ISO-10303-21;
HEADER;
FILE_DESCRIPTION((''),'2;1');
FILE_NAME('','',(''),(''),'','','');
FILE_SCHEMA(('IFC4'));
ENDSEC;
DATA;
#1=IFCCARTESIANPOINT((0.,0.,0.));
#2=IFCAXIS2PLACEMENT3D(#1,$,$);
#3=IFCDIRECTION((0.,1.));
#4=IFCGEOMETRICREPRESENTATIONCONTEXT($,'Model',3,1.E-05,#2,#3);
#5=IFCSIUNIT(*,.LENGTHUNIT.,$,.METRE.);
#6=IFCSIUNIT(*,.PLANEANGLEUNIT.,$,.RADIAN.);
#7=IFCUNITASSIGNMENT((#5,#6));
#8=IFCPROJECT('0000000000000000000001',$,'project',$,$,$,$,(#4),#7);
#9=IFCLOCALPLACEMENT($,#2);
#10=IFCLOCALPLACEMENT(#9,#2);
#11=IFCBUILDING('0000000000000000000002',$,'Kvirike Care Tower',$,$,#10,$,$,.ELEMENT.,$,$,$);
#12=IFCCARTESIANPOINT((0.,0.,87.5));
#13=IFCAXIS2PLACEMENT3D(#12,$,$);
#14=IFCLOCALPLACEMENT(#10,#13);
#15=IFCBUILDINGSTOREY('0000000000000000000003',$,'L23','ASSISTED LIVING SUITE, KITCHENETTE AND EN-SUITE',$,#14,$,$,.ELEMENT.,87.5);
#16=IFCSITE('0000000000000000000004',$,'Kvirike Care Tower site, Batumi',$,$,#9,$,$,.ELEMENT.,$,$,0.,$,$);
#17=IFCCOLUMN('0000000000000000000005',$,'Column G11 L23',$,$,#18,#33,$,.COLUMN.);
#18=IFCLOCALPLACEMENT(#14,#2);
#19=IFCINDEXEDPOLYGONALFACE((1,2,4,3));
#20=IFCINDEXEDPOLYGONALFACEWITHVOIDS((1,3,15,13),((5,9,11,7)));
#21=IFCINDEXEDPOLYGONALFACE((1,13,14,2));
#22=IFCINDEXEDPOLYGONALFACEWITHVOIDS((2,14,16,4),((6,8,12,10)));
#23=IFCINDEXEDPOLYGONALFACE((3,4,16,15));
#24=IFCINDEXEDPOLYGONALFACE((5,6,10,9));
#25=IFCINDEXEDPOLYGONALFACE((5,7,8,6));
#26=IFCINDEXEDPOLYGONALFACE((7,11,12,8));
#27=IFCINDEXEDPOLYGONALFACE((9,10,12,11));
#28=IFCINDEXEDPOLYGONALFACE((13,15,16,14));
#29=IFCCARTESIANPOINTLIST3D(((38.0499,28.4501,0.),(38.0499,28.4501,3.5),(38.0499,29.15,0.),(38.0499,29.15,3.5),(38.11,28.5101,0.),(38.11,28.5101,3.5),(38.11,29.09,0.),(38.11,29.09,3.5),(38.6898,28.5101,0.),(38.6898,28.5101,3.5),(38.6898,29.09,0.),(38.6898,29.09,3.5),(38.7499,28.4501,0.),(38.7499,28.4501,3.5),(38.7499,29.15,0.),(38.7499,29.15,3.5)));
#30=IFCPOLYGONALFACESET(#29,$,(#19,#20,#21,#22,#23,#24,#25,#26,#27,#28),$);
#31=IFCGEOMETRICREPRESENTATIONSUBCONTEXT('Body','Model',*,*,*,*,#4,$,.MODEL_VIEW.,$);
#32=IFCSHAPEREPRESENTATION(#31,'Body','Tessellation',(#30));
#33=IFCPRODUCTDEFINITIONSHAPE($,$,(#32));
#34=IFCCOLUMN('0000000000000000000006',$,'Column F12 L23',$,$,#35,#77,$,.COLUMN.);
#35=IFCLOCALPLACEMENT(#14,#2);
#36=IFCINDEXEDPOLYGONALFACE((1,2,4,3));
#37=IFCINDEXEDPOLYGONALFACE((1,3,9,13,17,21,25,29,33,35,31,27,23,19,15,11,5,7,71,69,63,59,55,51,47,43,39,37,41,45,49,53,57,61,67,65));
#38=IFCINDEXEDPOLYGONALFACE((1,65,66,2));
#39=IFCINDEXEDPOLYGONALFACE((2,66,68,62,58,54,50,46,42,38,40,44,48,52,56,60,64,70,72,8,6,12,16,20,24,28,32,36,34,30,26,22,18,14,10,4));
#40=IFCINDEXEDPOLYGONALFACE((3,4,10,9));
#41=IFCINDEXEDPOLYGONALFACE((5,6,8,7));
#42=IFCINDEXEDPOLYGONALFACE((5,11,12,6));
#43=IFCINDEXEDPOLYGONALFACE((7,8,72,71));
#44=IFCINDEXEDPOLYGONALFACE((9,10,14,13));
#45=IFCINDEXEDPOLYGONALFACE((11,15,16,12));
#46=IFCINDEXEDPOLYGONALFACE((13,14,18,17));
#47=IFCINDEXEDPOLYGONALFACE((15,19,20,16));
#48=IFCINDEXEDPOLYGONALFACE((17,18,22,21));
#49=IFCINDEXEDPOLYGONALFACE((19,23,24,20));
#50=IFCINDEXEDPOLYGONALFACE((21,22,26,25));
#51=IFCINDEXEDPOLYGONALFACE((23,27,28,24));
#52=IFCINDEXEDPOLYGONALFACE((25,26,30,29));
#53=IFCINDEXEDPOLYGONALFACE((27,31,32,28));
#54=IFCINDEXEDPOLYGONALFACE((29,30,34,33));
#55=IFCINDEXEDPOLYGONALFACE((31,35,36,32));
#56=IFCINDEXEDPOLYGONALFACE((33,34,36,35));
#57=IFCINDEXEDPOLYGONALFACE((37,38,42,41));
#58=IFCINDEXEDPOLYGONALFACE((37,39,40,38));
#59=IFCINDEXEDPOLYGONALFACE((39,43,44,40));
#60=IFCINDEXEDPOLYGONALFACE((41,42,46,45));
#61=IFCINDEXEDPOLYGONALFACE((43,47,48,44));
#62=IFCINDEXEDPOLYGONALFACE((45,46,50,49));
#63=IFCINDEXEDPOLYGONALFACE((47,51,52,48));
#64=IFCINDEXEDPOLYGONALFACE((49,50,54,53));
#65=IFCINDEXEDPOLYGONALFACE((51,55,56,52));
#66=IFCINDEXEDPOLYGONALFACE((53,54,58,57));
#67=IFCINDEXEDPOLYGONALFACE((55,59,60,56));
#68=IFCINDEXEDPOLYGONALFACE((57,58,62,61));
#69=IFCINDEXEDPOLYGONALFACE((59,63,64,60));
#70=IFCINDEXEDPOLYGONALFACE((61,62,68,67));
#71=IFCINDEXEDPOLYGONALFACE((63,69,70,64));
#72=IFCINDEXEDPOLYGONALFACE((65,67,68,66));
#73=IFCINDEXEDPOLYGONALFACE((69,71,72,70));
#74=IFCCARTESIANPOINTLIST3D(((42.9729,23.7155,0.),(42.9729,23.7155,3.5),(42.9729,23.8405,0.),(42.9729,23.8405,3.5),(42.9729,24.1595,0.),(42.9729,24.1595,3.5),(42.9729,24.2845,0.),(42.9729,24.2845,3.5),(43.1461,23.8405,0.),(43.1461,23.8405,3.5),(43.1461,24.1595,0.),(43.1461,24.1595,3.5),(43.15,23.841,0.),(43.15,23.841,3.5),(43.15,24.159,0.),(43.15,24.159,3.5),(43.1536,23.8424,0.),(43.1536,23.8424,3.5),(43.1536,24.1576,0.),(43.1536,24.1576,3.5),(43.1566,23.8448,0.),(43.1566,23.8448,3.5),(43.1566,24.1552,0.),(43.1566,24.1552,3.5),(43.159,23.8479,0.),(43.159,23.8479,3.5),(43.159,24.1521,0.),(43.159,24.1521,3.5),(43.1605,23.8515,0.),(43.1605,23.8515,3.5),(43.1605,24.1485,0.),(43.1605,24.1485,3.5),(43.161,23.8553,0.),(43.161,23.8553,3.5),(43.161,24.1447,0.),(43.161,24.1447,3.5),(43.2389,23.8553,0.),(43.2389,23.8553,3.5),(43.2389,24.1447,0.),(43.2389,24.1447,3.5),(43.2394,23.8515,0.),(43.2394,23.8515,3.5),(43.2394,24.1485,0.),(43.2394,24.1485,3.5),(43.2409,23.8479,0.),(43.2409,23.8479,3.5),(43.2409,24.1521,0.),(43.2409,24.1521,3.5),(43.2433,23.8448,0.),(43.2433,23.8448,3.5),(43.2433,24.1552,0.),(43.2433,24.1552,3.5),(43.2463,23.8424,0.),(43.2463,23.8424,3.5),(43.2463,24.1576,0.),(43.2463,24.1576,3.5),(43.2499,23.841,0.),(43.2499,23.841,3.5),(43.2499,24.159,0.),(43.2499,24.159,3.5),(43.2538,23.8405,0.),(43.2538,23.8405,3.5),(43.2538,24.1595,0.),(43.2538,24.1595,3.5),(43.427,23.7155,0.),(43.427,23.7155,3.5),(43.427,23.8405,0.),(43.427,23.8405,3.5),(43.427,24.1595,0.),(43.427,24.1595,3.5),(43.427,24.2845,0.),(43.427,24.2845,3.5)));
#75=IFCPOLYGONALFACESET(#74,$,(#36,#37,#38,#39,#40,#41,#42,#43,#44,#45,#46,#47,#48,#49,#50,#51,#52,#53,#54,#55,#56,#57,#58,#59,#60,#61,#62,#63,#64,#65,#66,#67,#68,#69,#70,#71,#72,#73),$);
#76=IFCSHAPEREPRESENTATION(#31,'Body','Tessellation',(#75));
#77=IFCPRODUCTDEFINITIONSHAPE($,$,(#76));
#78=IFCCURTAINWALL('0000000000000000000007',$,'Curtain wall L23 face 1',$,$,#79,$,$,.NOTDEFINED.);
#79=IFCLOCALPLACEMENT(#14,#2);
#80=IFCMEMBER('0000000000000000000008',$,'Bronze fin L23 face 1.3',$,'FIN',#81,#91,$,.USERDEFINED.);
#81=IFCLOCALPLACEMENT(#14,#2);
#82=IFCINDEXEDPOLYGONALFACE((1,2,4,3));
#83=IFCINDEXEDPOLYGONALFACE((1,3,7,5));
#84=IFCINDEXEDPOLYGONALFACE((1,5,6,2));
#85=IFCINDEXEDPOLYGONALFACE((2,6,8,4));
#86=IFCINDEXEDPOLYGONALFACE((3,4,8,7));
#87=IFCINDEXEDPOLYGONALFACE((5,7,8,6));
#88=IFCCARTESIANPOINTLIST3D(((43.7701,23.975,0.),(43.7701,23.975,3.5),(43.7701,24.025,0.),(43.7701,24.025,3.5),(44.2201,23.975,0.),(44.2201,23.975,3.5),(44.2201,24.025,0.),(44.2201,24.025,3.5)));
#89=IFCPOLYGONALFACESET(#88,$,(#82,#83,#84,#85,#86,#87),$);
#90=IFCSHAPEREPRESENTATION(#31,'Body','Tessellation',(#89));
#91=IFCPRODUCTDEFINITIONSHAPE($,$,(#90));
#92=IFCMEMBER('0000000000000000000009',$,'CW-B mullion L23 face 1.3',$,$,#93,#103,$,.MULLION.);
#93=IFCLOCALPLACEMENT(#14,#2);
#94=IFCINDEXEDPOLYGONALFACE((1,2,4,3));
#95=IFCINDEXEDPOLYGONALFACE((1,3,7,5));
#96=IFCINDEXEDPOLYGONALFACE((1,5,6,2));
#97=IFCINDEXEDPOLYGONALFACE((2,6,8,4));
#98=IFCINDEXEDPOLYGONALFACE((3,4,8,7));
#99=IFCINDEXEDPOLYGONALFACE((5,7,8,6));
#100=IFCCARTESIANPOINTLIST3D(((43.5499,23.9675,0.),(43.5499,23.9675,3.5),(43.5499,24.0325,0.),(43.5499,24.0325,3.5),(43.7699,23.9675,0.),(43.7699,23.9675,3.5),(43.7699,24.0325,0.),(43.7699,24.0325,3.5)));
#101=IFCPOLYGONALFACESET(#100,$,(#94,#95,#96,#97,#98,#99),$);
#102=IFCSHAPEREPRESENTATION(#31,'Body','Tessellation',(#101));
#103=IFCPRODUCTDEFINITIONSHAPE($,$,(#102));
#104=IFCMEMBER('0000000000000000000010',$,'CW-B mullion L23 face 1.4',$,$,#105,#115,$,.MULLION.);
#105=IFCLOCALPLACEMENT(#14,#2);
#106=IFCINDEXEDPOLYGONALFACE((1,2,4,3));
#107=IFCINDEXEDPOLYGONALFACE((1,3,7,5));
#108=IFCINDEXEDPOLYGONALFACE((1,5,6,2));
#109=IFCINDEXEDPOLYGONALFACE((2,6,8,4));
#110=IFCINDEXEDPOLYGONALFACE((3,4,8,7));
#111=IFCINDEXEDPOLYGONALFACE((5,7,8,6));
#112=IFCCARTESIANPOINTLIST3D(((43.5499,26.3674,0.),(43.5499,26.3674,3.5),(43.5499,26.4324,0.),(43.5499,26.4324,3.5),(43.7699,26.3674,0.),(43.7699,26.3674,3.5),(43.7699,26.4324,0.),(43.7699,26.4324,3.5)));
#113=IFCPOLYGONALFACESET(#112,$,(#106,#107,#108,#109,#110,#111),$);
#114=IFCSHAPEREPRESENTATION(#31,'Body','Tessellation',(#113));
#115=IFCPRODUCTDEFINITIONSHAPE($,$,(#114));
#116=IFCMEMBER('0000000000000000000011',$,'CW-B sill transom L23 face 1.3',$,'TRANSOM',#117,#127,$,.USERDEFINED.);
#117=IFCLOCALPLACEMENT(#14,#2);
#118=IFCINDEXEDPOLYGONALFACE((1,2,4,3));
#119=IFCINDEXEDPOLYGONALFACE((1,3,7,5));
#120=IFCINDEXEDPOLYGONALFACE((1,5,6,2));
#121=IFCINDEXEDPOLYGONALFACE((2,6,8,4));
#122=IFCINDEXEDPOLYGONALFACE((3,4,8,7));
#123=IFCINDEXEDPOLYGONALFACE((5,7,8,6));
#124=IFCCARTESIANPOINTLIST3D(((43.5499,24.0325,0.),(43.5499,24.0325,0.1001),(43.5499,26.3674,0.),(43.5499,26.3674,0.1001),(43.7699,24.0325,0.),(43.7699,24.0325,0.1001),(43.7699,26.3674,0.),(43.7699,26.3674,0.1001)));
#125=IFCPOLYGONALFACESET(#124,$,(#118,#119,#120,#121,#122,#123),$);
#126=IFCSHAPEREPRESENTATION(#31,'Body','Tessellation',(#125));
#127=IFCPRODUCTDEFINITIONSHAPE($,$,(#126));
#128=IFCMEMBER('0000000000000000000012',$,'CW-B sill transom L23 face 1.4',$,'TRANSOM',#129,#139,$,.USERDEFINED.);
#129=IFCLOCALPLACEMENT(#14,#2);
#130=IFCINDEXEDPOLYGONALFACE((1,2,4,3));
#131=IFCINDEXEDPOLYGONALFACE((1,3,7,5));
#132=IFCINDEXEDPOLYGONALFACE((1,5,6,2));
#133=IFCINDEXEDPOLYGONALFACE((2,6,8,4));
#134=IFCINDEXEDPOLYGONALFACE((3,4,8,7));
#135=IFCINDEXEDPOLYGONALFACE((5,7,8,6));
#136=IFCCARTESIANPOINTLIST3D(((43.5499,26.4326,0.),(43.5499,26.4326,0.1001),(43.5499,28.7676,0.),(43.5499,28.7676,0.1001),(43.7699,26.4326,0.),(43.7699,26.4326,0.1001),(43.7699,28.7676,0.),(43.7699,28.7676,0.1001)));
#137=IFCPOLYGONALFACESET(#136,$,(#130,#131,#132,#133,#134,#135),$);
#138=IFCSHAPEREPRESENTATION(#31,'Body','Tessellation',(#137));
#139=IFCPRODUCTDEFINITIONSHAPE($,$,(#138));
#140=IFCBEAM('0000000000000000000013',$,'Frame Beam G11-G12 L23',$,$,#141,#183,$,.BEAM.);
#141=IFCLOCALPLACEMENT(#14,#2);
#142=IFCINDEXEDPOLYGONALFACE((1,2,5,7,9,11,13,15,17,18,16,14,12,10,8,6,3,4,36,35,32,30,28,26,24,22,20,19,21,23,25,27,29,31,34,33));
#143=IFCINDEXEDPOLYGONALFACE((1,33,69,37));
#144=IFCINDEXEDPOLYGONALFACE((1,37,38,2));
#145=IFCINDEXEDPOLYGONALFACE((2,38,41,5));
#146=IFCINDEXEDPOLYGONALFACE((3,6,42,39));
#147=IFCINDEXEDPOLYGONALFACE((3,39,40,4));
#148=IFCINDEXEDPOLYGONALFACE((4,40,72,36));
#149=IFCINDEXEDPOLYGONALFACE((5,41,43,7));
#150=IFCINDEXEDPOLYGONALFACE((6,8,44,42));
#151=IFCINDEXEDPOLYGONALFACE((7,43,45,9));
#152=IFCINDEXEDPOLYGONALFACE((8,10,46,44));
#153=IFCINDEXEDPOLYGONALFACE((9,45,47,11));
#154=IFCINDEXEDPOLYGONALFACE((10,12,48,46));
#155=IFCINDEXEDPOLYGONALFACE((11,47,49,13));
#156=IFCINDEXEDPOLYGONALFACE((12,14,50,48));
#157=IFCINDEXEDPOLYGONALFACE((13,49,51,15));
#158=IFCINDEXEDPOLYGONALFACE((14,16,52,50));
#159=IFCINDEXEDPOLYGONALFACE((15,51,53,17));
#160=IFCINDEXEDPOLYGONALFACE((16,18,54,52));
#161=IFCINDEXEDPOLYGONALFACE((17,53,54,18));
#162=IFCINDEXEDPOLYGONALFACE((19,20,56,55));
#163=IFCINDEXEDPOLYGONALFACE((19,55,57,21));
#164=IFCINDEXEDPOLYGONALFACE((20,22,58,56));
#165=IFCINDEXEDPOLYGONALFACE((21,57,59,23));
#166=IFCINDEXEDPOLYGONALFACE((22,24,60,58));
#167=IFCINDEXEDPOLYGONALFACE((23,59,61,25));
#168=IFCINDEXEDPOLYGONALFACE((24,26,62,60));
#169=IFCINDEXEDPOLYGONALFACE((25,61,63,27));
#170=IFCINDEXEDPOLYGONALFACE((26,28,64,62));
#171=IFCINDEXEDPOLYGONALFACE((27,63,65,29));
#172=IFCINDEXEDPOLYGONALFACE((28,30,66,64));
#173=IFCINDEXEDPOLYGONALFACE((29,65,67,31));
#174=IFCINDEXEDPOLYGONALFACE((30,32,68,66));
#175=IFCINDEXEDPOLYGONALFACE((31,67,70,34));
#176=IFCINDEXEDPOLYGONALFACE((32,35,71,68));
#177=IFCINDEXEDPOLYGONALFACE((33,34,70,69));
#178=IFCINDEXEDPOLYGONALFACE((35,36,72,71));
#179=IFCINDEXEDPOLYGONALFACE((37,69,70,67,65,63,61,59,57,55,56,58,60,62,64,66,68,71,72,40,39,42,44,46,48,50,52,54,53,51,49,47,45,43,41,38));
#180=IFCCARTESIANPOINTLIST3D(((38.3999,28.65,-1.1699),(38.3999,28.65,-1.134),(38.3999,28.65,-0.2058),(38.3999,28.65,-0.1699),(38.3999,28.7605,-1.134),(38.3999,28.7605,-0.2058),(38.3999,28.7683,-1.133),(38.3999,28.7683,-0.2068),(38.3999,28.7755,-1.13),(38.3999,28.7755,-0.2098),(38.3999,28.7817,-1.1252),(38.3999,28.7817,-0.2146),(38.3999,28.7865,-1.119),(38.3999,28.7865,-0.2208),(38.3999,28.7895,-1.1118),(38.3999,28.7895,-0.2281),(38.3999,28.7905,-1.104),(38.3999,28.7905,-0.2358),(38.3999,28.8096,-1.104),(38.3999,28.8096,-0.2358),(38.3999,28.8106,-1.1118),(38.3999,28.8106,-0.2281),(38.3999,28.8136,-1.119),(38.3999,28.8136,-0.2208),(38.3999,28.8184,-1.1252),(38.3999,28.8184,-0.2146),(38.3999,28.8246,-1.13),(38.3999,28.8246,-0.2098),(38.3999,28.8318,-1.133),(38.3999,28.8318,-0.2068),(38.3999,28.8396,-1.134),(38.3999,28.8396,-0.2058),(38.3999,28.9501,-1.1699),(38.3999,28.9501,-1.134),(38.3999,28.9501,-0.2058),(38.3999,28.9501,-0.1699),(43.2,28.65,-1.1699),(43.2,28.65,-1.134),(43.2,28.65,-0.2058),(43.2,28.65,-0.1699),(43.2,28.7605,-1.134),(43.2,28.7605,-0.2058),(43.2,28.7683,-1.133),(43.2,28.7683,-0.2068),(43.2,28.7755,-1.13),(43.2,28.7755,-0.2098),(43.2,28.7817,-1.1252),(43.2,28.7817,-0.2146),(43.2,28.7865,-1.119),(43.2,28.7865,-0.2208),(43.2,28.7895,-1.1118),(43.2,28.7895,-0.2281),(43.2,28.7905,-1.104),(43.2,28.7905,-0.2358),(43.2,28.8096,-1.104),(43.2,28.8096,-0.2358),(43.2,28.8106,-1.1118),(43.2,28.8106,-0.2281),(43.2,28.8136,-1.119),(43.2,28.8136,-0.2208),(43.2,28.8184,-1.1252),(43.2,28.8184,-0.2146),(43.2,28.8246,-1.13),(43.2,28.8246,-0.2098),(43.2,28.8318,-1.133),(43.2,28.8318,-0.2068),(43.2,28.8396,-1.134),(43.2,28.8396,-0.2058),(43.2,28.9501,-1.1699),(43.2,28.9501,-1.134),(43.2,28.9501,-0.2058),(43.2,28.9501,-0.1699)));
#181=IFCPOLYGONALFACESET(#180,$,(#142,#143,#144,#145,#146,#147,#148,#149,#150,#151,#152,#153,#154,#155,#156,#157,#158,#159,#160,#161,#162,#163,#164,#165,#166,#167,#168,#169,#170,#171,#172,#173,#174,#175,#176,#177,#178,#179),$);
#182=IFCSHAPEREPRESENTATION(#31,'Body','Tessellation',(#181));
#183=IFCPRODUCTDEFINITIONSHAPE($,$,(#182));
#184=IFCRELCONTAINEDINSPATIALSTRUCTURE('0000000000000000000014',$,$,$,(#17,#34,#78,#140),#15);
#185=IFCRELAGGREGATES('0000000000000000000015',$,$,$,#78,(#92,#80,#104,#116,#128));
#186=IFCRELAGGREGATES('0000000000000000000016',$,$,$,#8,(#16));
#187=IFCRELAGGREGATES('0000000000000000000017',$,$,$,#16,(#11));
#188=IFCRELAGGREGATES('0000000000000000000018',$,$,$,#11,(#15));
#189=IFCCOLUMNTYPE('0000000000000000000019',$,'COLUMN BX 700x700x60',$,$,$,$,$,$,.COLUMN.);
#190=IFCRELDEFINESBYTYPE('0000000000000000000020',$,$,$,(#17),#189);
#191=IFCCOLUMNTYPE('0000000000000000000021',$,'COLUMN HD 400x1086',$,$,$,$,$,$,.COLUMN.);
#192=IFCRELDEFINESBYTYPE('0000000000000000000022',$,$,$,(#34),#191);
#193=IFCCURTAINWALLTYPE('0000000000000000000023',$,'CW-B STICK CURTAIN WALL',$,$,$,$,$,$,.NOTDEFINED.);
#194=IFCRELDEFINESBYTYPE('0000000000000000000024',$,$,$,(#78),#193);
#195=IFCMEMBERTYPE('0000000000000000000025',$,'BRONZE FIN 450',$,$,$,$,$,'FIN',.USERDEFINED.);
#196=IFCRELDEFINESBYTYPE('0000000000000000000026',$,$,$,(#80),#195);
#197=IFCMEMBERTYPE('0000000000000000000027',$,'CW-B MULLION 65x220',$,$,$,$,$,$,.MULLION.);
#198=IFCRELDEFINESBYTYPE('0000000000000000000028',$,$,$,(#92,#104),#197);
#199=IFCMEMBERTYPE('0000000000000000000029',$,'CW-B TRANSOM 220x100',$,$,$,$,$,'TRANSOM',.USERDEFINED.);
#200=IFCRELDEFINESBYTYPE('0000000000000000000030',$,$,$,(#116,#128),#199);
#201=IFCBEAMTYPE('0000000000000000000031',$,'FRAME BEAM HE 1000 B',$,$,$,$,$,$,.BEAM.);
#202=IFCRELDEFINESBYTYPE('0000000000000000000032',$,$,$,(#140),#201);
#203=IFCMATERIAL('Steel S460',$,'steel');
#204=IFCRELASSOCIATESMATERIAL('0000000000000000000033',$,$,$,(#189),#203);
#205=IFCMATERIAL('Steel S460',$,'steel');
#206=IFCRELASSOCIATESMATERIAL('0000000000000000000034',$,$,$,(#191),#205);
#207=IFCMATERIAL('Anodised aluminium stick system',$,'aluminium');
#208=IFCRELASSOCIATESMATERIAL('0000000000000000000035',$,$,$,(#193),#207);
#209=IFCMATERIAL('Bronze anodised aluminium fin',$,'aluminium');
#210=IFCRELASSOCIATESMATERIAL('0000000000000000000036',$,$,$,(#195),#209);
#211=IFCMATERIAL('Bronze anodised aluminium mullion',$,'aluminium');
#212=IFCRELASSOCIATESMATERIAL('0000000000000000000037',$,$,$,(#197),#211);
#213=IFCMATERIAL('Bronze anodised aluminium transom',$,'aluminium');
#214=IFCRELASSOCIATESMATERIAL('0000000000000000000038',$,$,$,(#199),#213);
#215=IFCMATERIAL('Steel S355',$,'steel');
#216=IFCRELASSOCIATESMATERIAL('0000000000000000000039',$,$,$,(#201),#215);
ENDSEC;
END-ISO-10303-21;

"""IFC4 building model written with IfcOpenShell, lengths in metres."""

from ifc_helpers import new_model, si_unit, direction, frame, origin, origin_2d, place, context, subcontext, project, spatial, rectangle, hollow_rectangle, i_section, extrude, material, material_profile, profile_set, type_object, element, aggregate, save


model = new_model("IFC4")

# Units and contexts
model_context = context("Model", 3, precision=1e-05, world=origin(), true_north=direction((0.0, 1.0)))
body_context = subcontext(model_context, "Body", "Model", "MODEL_VIEW")
ifc_project = project(units=[si_unit("LENGTHUNIT", "METRE"), si_unit("PLANEANGLEUNIT", "RADIAN")], contexts=[model_context])

# Site, building, storey
site_placement = place(None, origin())
site = spatial("IfcSite", under=ifc_project, at=site_placement, Name="Kvirike Care Tower site, Batumi", CompositionType="ELEMENT", RefElevation=0.0)
building_placement = place(site_placement, origin())
building = spatial("IfcBuilding", under=site, at=building_placement, Name="Kvirike Care Tower", CompositionType="ELEMENT")
storey_placement = place(building_placement, frame((0.0, 0.0, 87.5)))
storey = spatial("IfcBuildingStorey", under=building, at=storey_placement, Name="L23", Description="ASSISTED LIVING SUITE, KITCHENETTE AND EN-SUITE", CompositionType="ELEMENT", Elevation=87.5)

# Columns
ifc_material_1 = material(Name="Steel S460", Category="steel")
ifc_material_profile_1 = material_profile(ifc_material_1, hollow_rectangle(XDim=0.7, YDim=0.7, WallThickness=0.0601, at=origin_2d()), Name="BX 700x700x60")
ifc_profile_set_1 = profile_set([ifc_material_profile_1], Name="Steel S460")
column_type_1 = type_object("IfcColumnType", Name="COLUMN BX 700x700x60", PredefinedType="COLUMN", material=ifc_profile_set_1)
column_1_placement = place(storey_placement, frame((38.3999, 28.8, 0.0), z_axis=(0.0, 0.0, 1.0), x_axis=(0.0, 1.0, 0.0)))
element("IfcColumn", 1, at=column_1_placement, inside=storey, type_object=column_type_1, Name="Column G11 L23", PredefinedType="COLUMN", context=body_context, shape_type="SweptSolid", body=[
    extrude(hollow_rectangle(XDim=0.7, YDim=0.7, WallThickness=0.0601, at=origin_2d()), origin(), (0.0, 0.0, 1.0), 3.5),
])
ifc_material_2 = material(Name="Steel S460", Category="steel")
ifc_material_profile_2 = material_profile(ifc_material_2, i_section(OverallWidth=0.4541, OverallDepth=0.5691, WebThickness=0.0779, FlangeThickness=0.125, FilletRadius=0.0149, at=origin_2d()), Name="HD 400x1086")
ifc_profile_set_2 = profile_set([ifc_material_profile_2], Name="Steel S460")
column_type_2 = type_object("IfcColumnType", Name="COLUMN HD 400x1086", PredefinedType="COLUMN", material=ifc_profile_set_2)
column_2_placement = place(storey_placement, frame((43.2, 24.0, 0.0), z_axis=(0.0, 0.0, 1.0), x_axis=(1.0, 0.0, 0.0)))
element("IfcColumn", 2, at=column_2_placement, inside=storey, type_object=column_type_2, Name="Column F12 L23", PredefinedType="COLUMN", context=body_context, shape_type="SweptSolid", body=[
    extrude(i_section(OverallWidth=0.4541, OverallDepth=0.5691, WebThickness=0.0779, FlangeThickness=0.125, FilletRadius=0.0149, at=origin_2d()), origin(), (0.0, 0.0, 1.0), 3.5),
])

# Curtain wall, members
ifc_material_3 = material(Name="Anodised aluminium stick system", Category="aluminium")
curtain_wall_type = type_object("IfcCurtainWallType", Name="CW-B STICK CURTAIN WALL", PredefinedType="NOTDEFINED", material=ifc_material_3)
curtain_wall_placement = place(storey_placement, origin())
curtain_wall = element("IfcCurtainWall", 3, at=curtain_wall_placement, inside=storey, type_object=curtain_wall_type, Name="Curtain wall L23 face 1", PredefinedType="NOTDEFINED")
ifc_material_4 = material(Name="Bronze anodised aluminium fin", Category="aluminium")
ifc_material_profile_3 = material_profile(ifc_material_4, rectangle(XDim=0.05, YDim=0.45, at=origin_2d()), Name="BRONZE FIN 450")
ifc_profile_set_3 = profile_set([ifc_material_profile_3], Name="Bronze anodised aluminium fin")
member_type_1 = type_object("IfcMemberType", Name="BRONZE FIN 450", ElementType="FIN", PredefinedType="USERDEFINED", material=ifc_profile_set_3)
member_1_placement = place(storey_placement, frame((43.9951, 24.0, 0.0), z_axis=(0.0, 0.0, 1.0), x_axis=(0.0, 1.0, 0.0)))
member_1 = element("IfcMember", 4, at=member_1_placement, type_object=member_type_1, Name="Bronze fin L23 face 1.3", ObjectType="FIN", PredefinedType="USERDEFINED", context=body_context, shape_type="SweptSolid", body=[
    extrude(rectangle(XDim=0.05, YDim=0.45, at=origin_2d()), origin(), (0.0, 0.0, 1.0), 3.5),
])
ifc_material_5 = material(Name="Bronze anodised aluminium mullion", Category="aluminium")
ifc_material_profile_4 = material_profile(ifc_material_5, rectangle(XDim=0.0649, YDim=0.22, at=origin_2d()), Name="CW-B MULLION 65x220")
ifc_profile_set_4 = profile_set([ifc_material_profile_4], Name="Bronze anodised aluminium mullion")
member_type_2 = type_object("IfcMemberType", Name="CW-B MULLION 65x220", PredefinedType="MULLION", material=ifc_profile_set_4)
member_2_placement = place(storey_placement, frame((43.6599, 24.0, 0.0), z_axis=(0.0, 0.0, 1.0), x_axis=(0.0, 1.0, 0.0)))
member_2 = element("IfcMember", 5, at=member_2_placement, type_object=member_type_2, Name="CW-B mullion L23 face 1.3", PredefinedType="MULLION", context=body_context, shape_type="SweptSolid", body=[
    extrude(rectangle(XDim=0.0649, YDim=0.22, at=origin_2d()), origin(), (0.0, 0.0, 1.0), 3.5),
])
member_3_placement = place(storey_placement, frame((43.6599, 26.3999, 0.0), z_axis=(0.0, 0.0, 1.0), x_axis=(0.0, 1.0, 0.0)))
member_3 = element("IfcMember", 6, at=member_3_placement, type_object=member_type_2, Name="CW-B mullion L23 face 1.4", PredefinedType="MULLION", context=body_context, shape_type="SweptSolid", body=[
    extrude(rectangle(XDim=0.0649, YDim=0.22, at=origin_2d()), origin(), (0.0, 0.0, 1.0), 3.5),
])
ifc_material_6 = material(Name="Bronze anodised aluminium transom", Category="aluminium")
ifc_material_profile_5 = material_profile(ifc_material_6, rectangle(XDim=0.22, YDim=0.1001, at=origin_2d()), Name="CW-B TRANSOM 220x100")
ifc_profile_set_5 = profile_set([ifc_material_profile_5], Name="Bronze anodised aluminium transom")
member_type_3 = type_object("IfcMemberType", Name="CW-B TRANSOM 220x100", ElementType="TRANSOM", PredefinedType="USERDEFINED", material=ifc_profile_set_5)
member_4_placement = place(storey_placement, frame((43.6599, 24.0325, 0.05), z_axis=(0.0, 1.0, 0.0), x_axis=(-1.0, 0.0, 0.0)))
member_4 = element("IfcMember", 7, at=member_4_placement, type_object=member_type_3, Name="CW-B sill transom L23 face 1.3", ObjectType="TRANSOM", PredefinedType="USERDEFINED", context=body_context, shape_type="SweptSolid", body=[
    extrude(rectangle(XDim=0.22, YDim=0.1001, at=origin_2d()), origin(), (0.0, 0.0, 1.0), 2.335),
])
member_5_placement = place(storey_placement, frame((43.6599, 26.4326, 0.05), z_axis=(0.0, 1.0, 0.0), x_axis=(-1.0, 0.0, 0.0)))
member_5 = element("IfcMember", 8, at=member_5_placement, type_object=member_type_3, Name="CW-B sill transom L23 face 1.4", ObjectType="TRANSOM", PredefinedType="USERDEFINED", context=body_context, shape_type="SweptSolid", body=[
    extrude(rectangle(XDim=0.22, YDim=0.1001, at=origin_2d()), origin(), (0.0, 0.0, 1.0), 2.335),
])

# Beam
ifc_material_7 = material(Name="Steel S355", Category="steel")
ifc_material_profile_6 = material_profile(ifc_material_7, i_section(OverallWidth=0.3, OverallDepth=1.0, WebThickness=0.019, FlangeThickness=0.0359, FilletRadius=0.03, at=origin_2d()), Name="HE 1000 B")
ifc_profile_set_6 = profile_set([ifc_material_profile_6], Name="Steel S355")
beam_type_1 = type_object("IfcBeamType", Name="FRAME BEAM HE 1000 B", PredefinedType="BEAM", material=ifc_profile_set_6)
beam_1_placement = place(storey_placement, frame((38.3999, 28.8, -0.6699), z_axis=(1.0, 0.0, 0.0), x_axis=(0.0, 1.0, 0.0)))
element("IfcBeam", 9, at=beam_1_placement, inside=storey, type_object=beam_type_1, Name="Frame Beam G11-G12 L23", PredefinedType="BEAM", context=body_context, shape_type="SweptSolid", body=[
    extrude(i_section(OverallWidth=0.3, OverallDepth=1.0, WebThickness=0.019, FlangeThickness=0.0359, FilletRadius=0.03, at=origin_2d()), origin(), (0.0, 0.0, 1.0), 4.8),
])

aggregate(curtain_wall, [member_2, member_1, member_3, member_4, member_5])

save(model, "model.ifc")
